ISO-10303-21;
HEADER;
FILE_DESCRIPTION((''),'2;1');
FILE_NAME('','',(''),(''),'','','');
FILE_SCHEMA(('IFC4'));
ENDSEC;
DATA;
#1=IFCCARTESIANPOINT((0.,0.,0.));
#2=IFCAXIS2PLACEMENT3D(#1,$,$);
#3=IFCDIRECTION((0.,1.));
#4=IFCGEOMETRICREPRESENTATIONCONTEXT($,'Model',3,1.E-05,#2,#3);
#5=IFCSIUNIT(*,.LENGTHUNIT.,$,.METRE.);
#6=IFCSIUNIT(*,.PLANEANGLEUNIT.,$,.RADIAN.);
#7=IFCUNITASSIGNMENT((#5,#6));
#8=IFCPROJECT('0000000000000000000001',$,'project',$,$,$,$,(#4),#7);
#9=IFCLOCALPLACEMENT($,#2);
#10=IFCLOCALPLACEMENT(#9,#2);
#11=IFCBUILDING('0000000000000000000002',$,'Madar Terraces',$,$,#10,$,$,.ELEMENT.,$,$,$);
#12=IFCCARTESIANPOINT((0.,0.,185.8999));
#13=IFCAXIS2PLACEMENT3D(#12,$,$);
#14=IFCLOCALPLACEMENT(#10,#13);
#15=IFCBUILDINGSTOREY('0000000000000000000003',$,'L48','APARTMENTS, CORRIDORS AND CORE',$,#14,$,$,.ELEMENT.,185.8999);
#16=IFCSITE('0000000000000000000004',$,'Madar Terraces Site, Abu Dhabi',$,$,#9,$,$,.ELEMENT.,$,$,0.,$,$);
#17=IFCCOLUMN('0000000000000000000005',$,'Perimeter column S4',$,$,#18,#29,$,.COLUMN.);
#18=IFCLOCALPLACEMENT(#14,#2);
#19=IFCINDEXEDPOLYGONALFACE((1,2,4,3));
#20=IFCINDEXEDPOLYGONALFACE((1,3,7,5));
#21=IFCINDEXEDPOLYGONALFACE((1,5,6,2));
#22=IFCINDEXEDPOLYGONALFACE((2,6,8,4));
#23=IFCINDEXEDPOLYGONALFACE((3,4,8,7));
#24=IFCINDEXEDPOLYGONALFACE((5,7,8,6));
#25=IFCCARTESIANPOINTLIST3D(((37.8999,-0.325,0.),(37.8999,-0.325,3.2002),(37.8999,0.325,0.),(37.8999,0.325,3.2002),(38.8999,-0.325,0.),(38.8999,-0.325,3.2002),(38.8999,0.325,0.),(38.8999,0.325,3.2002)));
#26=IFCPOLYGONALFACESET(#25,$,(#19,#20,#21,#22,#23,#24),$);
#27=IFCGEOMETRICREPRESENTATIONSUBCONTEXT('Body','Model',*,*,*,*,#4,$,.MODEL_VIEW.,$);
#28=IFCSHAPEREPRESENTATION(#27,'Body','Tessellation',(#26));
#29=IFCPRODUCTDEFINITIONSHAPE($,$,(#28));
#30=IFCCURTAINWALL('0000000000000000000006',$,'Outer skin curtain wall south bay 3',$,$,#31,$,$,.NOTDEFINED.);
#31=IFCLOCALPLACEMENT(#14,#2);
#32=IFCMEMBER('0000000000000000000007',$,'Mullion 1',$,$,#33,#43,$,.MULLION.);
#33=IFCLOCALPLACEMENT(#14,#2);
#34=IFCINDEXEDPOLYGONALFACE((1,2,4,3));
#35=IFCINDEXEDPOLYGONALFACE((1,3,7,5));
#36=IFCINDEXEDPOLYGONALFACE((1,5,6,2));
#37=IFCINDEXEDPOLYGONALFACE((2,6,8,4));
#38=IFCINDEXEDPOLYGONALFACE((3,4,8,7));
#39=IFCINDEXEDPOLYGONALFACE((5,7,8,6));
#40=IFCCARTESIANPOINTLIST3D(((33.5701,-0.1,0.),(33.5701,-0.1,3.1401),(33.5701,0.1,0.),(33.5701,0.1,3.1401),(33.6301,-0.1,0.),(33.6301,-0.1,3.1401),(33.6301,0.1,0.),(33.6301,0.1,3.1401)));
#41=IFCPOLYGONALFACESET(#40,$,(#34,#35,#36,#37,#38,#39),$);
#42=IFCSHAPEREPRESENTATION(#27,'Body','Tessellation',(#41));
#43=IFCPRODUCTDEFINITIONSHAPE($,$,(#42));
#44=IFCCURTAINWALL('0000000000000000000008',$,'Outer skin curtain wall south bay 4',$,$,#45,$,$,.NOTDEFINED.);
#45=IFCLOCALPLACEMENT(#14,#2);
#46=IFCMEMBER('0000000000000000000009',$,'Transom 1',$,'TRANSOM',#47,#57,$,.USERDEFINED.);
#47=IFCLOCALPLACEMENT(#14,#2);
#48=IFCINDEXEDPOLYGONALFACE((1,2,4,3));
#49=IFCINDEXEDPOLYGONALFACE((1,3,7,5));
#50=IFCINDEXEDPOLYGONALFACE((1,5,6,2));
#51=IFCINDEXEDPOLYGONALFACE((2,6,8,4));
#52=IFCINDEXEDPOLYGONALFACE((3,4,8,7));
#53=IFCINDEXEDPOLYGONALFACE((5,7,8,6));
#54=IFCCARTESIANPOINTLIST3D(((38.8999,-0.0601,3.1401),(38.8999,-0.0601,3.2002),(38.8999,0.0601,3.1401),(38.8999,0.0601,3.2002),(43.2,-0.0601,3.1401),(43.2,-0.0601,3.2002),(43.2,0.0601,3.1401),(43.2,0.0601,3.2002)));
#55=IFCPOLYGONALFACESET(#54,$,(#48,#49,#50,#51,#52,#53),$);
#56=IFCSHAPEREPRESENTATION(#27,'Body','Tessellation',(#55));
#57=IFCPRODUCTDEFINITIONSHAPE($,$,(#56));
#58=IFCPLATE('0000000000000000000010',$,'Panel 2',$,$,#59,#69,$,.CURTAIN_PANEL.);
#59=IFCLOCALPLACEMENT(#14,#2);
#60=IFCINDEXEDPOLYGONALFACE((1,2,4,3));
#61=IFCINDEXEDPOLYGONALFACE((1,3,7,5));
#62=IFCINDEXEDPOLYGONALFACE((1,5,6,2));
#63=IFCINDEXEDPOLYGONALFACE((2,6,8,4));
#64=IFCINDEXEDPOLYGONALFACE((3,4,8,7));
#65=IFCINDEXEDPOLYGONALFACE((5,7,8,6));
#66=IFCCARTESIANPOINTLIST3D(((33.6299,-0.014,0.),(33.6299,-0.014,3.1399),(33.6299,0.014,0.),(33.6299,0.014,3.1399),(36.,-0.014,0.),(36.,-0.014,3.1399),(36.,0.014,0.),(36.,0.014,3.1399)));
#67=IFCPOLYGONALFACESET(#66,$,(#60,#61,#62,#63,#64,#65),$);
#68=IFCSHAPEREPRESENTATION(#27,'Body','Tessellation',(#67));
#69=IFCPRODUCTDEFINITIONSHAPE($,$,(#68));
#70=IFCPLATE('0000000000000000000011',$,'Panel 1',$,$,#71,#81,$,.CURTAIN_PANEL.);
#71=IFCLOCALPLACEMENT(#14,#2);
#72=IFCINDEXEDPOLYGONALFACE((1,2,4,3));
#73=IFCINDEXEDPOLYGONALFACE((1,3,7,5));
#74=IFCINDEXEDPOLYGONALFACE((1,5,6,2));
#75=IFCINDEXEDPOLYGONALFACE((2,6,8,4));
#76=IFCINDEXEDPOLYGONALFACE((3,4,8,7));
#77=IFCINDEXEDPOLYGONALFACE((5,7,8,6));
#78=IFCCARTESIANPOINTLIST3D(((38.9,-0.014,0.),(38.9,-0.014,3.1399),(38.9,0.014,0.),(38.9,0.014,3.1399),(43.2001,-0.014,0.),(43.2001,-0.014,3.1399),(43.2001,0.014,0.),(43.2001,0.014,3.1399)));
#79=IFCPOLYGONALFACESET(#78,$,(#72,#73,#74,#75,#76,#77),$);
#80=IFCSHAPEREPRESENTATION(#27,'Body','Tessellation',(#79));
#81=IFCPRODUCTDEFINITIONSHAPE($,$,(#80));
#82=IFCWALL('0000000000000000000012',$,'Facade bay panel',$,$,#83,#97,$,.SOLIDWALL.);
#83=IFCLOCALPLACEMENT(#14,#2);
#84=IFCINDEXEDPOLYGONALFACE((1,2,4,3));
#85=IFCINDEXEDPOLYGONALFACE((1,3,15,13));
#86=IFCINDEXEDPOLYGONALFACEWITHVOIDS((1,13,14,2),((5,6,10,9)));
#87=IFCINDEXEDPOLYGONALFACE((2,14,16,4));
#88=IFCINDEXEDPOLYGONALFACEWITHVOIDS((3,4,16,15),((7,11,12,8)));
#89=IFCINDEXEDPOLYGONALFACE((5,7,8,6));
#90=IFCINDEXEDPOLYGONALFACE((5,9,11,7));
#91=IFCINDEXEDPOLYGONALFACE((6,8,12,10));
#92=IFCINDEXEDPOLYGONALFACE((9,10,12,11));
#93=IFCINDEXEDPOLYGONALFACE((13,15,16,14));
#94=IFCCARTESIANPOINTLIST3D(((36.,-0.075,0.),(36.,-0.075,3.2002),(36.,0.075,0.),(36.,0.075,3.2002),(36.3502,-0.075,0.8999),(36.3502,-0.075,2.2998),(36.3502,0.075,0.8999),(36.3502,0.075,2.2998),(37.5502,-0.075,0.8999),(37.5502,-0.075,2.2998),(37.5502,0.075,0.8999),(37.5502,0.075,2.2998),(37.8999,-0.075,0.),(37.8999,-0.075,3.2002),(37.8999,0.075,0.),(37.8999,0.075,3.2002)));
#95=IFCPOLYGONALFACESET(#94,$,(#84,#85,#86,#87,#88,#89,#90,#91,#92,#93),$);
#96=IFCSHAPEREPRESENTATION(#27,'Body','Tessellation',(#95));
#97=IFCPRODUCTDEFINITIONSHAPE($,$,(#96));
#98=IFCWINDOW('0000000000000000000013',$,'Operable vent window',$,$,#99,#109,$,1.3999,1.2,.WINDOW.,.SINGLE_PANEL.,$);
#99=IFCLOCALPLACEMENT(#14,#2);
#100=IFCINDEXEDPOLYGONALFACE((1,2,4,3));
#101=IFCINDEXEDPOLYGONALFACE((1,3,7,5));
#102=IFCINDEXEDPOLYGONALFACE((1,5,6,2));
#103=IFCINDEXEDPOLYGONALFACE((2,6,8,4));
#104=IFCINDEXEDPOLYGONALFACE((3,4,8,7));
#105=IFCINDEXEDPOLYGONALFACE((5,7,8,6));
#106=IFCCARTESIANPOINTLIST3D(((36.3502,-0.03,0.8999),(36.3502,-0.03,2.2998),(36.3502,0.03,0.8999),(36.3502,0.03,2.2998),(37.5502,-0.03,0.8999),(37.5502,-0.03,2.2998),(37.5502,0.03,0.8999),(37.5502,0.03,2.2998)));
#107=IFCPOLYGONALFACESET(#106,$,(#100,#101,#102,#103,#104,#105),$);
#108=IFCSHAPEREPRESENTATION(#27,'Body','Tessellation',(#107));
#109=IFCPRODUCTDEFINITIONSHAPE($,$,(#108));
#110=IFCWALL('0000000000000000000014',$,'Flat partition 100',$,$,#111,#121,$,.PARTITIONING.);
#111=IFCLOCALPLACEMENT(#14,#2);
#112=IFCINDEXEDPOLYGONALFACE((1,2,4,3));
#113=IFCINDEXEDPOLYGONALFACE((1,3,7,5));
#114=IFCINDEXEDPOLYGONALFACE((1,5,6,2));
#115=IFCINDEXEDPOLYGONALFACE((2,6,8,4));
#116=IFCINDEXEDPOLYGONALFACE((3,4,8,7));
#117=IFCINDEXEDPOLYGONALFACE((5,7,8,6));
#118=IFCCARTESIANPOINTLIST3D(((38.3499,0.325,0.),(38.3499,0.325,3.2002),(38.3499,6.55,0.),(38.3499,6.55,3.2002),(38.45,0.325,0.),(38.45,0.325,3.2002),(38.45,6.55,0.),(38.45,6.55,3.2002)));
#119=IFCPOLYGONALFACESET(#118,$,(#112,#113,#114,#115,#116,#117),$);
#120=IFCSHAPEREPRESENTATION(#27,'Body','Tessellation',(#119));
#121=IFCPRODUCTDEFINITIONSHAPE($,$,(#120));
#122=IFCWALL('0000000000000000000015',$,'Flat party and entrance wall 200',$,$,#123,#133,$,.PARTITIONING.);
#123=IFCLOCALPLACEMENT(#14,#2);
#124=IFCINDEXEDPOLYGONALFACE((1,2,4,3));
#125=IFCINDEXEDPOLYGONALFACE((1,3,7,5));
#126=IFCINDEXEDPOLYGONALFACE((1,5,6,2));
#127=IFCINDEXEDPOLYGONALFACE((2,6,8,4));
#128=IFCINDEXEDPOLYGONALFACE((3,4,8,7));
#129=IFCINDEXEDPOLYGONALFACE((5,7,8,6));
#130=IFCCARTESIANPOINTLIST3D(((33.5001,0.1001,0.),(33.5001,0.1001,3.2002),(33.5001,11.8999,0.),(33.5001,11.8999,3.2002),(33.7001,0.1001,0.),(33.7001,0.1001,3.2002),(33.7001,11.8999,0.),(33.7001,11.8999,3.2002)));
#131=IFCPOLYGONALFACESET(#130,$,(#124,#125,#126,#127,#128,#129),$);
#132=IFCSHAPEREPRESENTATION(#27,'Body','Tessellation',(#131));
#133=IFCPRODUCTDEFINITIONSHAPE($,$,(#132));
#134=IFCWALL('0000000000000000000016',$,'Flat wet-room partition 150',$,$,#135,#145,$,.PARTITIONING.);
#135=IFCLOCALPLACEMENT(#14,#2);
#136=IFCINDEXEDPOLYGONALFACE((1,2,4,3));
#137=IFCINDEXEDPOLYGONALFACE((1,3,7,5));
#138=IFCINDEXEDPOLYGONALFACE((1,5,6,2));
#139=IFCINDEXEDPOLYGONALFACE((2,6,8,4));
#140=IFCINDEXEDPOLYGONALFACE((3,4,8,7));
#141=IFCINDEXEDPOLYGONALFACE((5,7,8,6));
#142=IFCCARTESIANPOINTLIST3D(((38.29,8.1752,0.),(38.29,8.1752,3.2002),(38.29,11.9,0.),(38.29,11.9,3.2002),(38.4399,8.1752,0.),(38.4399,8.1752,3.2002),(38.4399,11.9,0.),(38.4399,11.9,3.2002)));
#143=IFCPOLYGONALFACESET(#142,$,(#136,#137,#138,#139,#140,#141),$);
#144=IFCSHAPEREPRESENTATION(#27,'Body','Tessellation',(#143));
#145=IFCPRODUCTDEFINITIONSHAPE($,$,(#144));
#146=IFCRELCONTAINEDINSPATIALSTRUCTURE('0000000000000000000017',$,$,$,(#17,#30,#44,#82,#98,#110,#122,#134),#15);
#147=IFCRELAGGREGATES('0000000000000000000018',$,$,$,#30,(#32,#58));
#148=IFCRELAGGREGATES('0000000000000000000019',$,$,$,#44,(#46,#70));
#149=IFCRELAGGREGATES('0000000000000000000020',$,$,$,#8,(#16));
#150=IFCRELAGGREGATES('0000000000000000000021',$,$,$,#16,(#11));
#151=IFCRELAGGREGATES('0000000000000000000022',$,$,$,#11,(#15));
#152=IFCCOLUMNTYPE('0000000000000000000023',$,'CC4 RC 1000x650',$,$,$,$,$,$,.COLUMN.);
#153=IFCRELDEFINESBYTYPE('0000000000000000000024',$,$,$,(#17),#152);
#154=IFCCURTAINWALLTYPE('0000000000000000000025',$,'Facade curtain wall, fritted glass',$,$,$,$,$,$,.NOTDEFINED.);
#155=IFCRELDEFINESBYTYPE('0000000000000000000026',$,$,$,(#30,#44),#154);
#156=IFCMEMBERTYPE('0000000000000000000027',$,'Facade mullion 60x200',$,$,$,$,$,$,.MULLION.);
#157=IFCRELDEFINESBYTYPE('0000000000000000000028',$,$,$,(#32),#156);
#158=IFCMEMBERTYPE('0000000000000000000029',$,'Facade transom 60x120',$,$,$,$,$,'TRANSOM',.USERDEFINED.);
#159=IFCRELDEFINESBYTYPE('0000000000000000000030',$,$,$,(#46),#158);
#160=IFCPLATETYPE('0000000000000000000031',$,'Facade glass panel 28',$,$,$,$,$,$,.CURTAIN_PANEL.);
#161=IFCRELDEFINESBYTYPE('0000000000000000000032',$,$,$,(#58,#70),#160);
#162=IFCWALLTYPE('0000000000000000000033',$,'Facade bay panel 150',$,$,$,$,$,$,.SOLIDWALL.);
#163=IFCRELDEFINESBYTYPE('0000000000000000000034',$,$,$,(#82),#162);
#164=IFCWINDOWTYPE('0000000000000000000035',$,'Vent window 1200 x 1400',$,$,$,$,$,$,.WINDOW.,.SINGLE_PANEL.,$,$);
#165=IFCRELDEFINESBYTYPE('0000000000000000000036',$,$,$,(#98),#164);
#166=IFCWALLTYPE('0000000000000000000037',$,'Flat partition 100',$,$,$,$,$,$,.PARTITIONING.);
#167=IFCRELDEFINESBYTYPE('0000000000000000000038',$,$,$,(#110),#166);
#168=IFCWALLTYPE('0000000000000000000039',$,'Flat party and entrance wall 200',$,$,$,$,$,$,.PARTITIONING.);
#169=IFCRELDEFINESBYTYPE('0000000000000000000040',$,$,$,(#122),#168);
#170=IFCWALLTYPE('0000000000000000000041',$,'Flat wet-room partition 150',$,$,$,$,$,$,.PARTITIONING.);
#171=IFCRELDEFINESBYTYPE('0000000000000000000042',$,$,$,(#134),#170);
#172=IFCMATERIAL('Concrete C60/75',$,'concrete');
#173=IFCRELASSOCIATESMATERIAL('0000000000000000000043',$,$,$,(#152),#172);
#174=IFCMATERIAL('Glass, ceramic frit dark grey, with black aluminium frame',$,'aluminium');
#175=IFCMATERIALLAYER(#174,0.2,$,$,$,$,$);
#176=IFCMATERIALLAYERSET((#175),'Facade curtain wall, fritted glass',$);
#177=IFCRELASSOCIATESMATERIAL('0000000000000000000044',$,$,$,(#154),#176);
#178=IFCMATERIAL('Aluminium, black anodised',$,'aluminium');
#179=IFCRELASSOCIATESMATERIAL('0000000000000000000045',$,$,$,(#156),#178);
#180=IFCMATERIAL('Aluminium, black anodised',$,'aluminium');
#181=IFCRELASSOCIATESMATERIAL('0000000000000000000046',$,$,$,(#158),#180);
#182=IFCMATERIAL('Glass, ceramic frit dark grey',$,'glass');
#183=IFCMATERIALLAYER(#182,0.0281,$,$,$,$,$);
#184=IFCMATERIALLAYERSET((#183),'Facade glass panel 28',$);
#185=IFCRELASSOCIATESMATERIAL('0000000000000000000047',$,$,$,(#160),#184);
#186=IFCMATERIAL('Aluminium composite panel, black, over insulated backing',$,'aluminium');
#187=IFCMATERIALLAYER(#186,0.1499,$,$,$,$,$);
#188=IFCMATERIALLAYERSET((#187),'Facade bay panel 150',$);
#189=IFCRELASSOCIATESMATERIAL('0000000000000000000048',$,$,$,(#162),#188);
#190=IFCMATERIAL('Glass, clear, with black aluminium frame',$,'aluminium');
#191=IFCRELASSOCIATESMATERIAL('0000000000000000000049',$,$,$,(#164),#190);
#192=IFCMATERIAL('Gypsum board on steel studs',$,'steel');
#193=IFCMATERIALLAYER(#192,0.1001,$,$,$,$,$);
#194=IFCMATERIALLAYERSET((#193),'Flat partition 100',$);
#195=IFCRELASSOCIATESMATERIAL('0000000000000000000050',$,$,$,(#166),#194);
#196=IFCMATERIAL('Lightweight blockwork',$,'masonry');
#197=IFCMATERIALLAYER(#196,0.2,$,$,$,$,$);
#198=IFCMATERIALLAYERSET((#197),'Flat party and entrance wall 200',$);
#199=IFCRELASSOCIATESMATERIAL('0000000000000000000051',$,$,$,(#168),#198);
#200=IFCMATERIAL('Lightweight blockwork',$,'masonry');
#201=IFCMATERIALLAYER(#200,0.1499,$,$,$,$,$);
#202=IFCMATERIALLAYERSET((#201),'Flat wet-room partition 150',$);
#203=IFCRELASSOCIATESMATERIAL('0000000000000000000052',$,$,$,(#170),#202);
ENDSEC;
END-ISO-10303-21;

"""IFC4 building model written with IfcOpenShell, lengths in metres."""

from ifc_helpers import new_model, si_unit, direction, frame, frame_2d, origin, origin_2d, place, context, subcontext, project, spatial, rectangle, extrude, material, layer, layer_set, material_profile, profile_set, type_object, element, fill, aggregate, save


model = new_model("IFC4")

# Units and contexts
model_context = context("Model", 3, precision=1e-05, world=origin(), true_north=direction((0.0, 1.0)))
body_context = subcontext(model_context, "Body", "Model", "MODEL_VIEW")
ifc_project = project(units=[si_unit("LENGTHUNIT", "METRE"), si_unit("PLANEANGLEUNIT", "RADIAN")], contexts=[model_context])

# Site, building, storey
site_placement = place(None, origin())
site = spatial("IfcSite", under=ifc_project, at=site_placement, Name="Madar Terraces Site, Abu Dhabi", CompositionType="ELEMENT", RefElevation=0.0)
building_placement = place(site_placement, origin())
building = spatial("IfcBuilding", under=site, at=building_placement, Name="Madar Terraces", CompositionType="ELEMENT")
storey_placement = place(building_placement, frame((0.0, 0.0, 185.8999)))
storey = spatial("IfcBuildingStorey", under=building, at=storey_placement, Name="L48", Description="APARTMENTS, CORRIDORS AND CORE", CompositionType="ELEMENT", Elevation=185.8999)

# Column
ifc_material_1 = material(Name="Concrete C60/75", Category="concrete")
ifc_material_profile_1 = material_profile(ifc_material_1, rectangle(XDim=1.0, YDim=0.6499, at=origin_2d()), Name="CC4 RC 1000x650")
ifc_profile_set_1 = profile_set([ifc_material_profile_1], Name="Concrete C60/75")
column_type = type_object("IfcColumnType", Name="CC4 RC 1000x650", PredefinedType="COLUMN", material=ifc_profile_set_1)
column_placement = place(storey_placement, frame((38.3999, 0.0, 0.0), z_axis=(0.0, 0.0, 1.0), x_axis=(1.0, 0.0, 0.0)))
element("IfcColumn", 1, at=column_placement, inside=storey, type_object=column_type, Name="Perimeter column S4", PredefinedType="COLUMN", context=body_context, shape_type="SweptSolid", body=[
    extrude(rectangle(XDim=1.0, YDim=0.6499, at=origin_2d()), origin(), (0.0, 0.0, 1.0), 3.2002),
])

# Curtain walls, members
ifc_material_2 = material(Name="Glass, ceramic frit dark grey, with black aluminium frame", Category="aluminium")
ifc_layer_1 = layer(ifc_material_2, 0.2)
ifc_layer_set_1 = layer_set([ifc_layer_1], Name="Facade curtain wall, fritted glass")
curtain_wall_type = type_object("IfcCurtainWallType", Name="Facade curtain wall, fritted glass", PredefinedType="NOTDEFINED", material=ifc_layer_set_1)
curtain_wall_1_placement = place(storey_placement, origin())
curtain_wall_1 = element("IfcCurtainWall", 2, at=curtain_wall_1_placement, inside=storey, type_object=curtain_wall_type, Name="Outer skin curtain wall south bay 3", PredefinedType="NOTDEFINED")
ifc_material_3 = material(Name="Aluminium, black anodised", Category="aluminium")
ifc_material_profile_2 = material_profile(ifc_material_3, rectangle(XDim=0.2, YDim=0.0601, at=origin_2d()), Name="Facade mullion 60x200")
ifc_profile_set_2 = profile_set([ifc_material_profile_2], Name="Aluminium, black anodised")
member_type_1 = type_object("IfcMemberType", Name="Facade mullion 60x200", PredefinedType="MULLION", material=ifc_profile_set_2)
member_1_placement = place(storey_placement, frame((33.6001, 0.0, 0.0), z_axis=(0.0, 0.0, 1.0), x_axis=(0.0, 1.0, 0.0)))
member_1 = element("IfcMember", 3, at=member_1_placement, type_object=member_type_1, Name="Mullion 1", PredefinedType="MULLION", context=body_context, shape_type="SweptSolid", body=[
    extrude(rectangle(XDim=0.2, YDim=0.0601, at=origin_2d()), origin(), (0.0, 0.0, 1.0), 3.1401),
])
curtain_wall_2_placement = place(storey_placement, origin())
curtain_wall_2 = element("IfcCurtainWall", 4, at=curtain_wall_2_placement, inside=storey, type_object=curtain_wall_type, Name="Outer skin curtain wall south bay 4", PredefinedType="NOTDEFINED")
ifc_material_4 = material(Name="Aluminium, black anodised", Category="aluminium")
ifc_material_profile_3 = material_profile(ifc_material_4, rectangle(XDim=0.1201, YDim=0.0601, at=origin_2d()), Name="Facade transom 60x120")
ifc_profile_set_3 = profile_set([ifc_material_profile_3], Name="Aluminium, black anodised")
member_type_2 = type_object("IfcMemberType", Name="Facade transom 60x120", ElementType="TRANSOM", PredefinedType="USERDEFINED", material=ifc_profile_set_3)
member_2_placement = place(storey_placement, frame((38.8999, 0.0, 3.1702), z_axis=(1.0, 0.0, 0.0), x_axis=(0.0, 1.0, 0.0)))
member_2 = element("IfcMember", 5, at=member_2_placement, type_object=member_type_2, Name="Transom 1", ObjectType="TRANSOM", PredefinedType="USERDEFINED", context=body_context, shape_type="SweptSolid", body=[
    extrude(rectangle(XDim=0.1201, YDim=0.0601, at=origin_2d()), origin(), (0.0, 0.0, 1.0), 4.3),
])

# Plates
ifc_material_5 = material(Name="Glass, ceramic frit dark grey", Category="glass")
ifc_layer_2 = layer(ifc_material_5, 0.0281)
ifc_layer_set_2 = layer_set([ifc_layer_2], Name="Facade glass panel 28")
plate_type = type_object("IfcPlateType", Name="Facade glass panel 28", PredefinedType="CURTAIN_PANEL", material=ifc_layer_set_2)
plate_1_placement = place(storey_placement, frame((34.8149, 0.0, 0.0), z_axis=(0.0, 0.0, 1.0), x_axis=(1.0, 0.0, 0.0)))
plate_1 = element("IfcPlate", 6, at=plate_1_placement, type_object=plate_type, Name="Panel 2", PredefinedType="CURTAIN_PANEL", context=body_context, shape_type="SweptSolid", body=[
    extrude(rectangle(XDim=2.3701, YDim=0.0281, at=origin_2d()), origin(), (0.0, 0.0, 1.0), 3.1399),
])
aggregate(curtain_wall_1, [member_1, plate_1])
plate_2_placement = place(storey_placement, frame((41.05, 0.0, 0.0), z_axis=(0.0, 0.0, 1.0), x_axis=(1.0, 0.0, 0.0)))
plate_2 = element("IfcPlate", 7, at=plate_2_placement, type_object=plate_type, Name="Panel 1", PredefinedType="CURTAIN_PANEL", context=body_context, shape_type="SweptSolid", body=[
    extrude(rectangle(XDim=4.3, YDim=0.0281, at=origin_2d()), origin(), (0.0, 0.0, 1.0), 3.1399),
])
aggregate(curtain_wall_2, [member_2, plate_2])

# Wall, opening, window
ifc_material_6 = material(Name="Aluminium composite panel, black, over insulated backing", Category="aluminium")
ifc_layer_3 = layer(ifc_material_6, 0.1499)
ifc_layer_set_3 = layer_set([ifc_layer_3], Name="Facade bay panel 150")
wall_type_1 = type_object("IfcWallType", Name="Facade bay panel 150", PredefinedType="SOLIDWALL", material=ifc_layer_set_3)
wall_1_placement = place(storey_placement, frame((36.0, 0.0, 0.0), z_axis=(0.0, 0.0, 1.0), x_axis=(1.0, 0.0, 0.0)))
wall_1 = element("IfcWall", 8, at=wall_1_placement, inside=storey, type_object=wall_type_1, Name="Facade bay panel", PredefinedType="SOLIDWALL", context=body_context, shape_type="SweptSolid", body=[
    extrude(rectangle(XDim=1.8999, YDim=0.1499, at=frame_2d((0.95, 0.0))), origin(), (0.0, 0.0, 1.0), 3.2002),
])
opening_1_placement = place(wall_1_placement, frame((0.3501, 0.0, 0.8999)))
opening_1 = element("IfcOpeningElement", 9, at=opening_1_placement, cuts=wall_1, PredefinedType="OPENING", context=body_context, shape_type="SweptSolid", body=[
    extrude(rectangle(XDim=1.2, YDim=1.3999, at=frame_2d((0.6001, 0.7))), frame((0.0, 0.085, 0.0), z_axis=(0.0, -1.0, 0.0), x_axis=(1.0, 0.0, 0.0)), (0.0, 0.0, 1.0), 0.1699),
])
ifc_material_7 = material(Name="Glass, clear, with black aluminium frame", Category="aluminium")
window_type = type_object("IfcWindowType", Name="Vent window 1200 x 1400", PartitioningType="SINGLE_PANEL", PredefinedType="WINDOW", material=ifc_material_7)
window_placement = place(opening_1_placement, origin())
window = element("IfcWindow", 10, at=window_placement, inside=storey, type_object=window_type, Name="Operable vent window", OverallHeight=1.3999, OverallWidth=1.2, PartitioningType="SINGLE_PANEL", PredefinedType="WINDOW", context=body_context, shape_type="SweptSolid", body=[
    extrude(rectangle(XDim=1.2, YDim=1.3999, at=frame_2d((0.6001, 0.7))), frame((0.0, 0.03, 0.0), z_axis=(0.0, -1.0, 0.0), x_axis=(1.0, 0.0, 0.0)), (0.0, 0.0, 1.0), 0.0601),
])
fill(opening_1, window)

# Walls
ifc_material_8 = material(Name="Gypsum board on steel studs", Category="steel")
ifc_layer_4 = layer(ifc_material_8, 0.1001)
ifc_layer_set_4 = layer_set([ifc_layer_4], Name="Flat partition 100")
wall_type_2 = type_object("IfcWallType", Name="Flat partition 100", PredefinedType="PARTITIONING", material=ifc_layer_set_4)
wall_2_placement = place(storey_placement, frame((38.3999, 6.55, 0.0), z_axis=(0.0, 0.0, 1.0), x_axis=(0.0, -1.0, 0.0)))
element("IfcWall", 11, at=wall_2_placement, inside=storey, type_object=wall_type_2, Name="Flat partition 100", PredefinedType="PARTITIONING", context=body_context, shape_type="SweptSolid", body=[
    extrude(rectangle(XDim=6.2251, YDim=0.1001, at=frame_2d((3.1125, 0.0))), origin(), (0.0, 0.0, 1.0), 3.2002),
])
ifc_material_9 = material(Name="Lightweight blockwork", Category="masonry")
ifc_layer_5 = layer(ifc_material_9, 0.2)
ifc_layer_set_5 = layer_set([ifc_layer_5], Name="Flat party and entrance wall 200")
wall_type_3 = type_object("IfcWallType", Name="Flat party and entrance wall 200", PredefinedType="PARTITIONING", material=ifc_layer_set_5)
wall_3_placement = place(storey_placement, frame((33.6001, 11.8999, 0.0), z_axis=(0.0, 0.0, 1.0), x_axis=(0.0, -1.0, 0.0)))
element("IfcWall", 12, at=wall_3_placement, inside=storey, type_object=wall_type_3, Name="Flat party and entrance wall 200", PredefinedType="PARTITIONING", context=body_context, shape_type="SweptSolid", body=[
    extrude(rectangle(XDim=11.7998, YDim=0.2, at=frame_2d((5.8999, 0.0))), origin(), (0.0, 0.0, 1.0), 3.2002),
])
ifc_material_10 = material(Name="Lightweight blockwork", Category="masonry")
ifc_layer_6 = layer(ifc_material_10, 0.1499)
ifc_layer_set_6 = layer_set([ifc_layer_6], Name="Flat wet-room partition 150")
wall_type_4 = type_object("IfcWallType", Name="Flat wet-room partition 150", PredefinedType="PARTITIONING", material=ifc_layer_set_6)
wall_4_placement = place(storey_placement, frame((38.365, 11.8999, 0.0), z_axis=(0.0, 0.0, 1.0), x_axis=(0.0, -1.0, 0.0)))
element("IfcWall", 13, at=wall_4_placement, inside=storey, type_object=wall_type_4, Name="Flat wet-room partition 150", PredefinedType="PARTITIONING", context=body_context, shape_type="SweptSolid", body=[
    extrude(rectangle(XDim=3.7249, YDim=0.1499, at=frame_2d((1.8623, 0.0))), origin(), (0.0, 0.0, 1.0), 3.2002),
])

save(model, "model.ifc")
